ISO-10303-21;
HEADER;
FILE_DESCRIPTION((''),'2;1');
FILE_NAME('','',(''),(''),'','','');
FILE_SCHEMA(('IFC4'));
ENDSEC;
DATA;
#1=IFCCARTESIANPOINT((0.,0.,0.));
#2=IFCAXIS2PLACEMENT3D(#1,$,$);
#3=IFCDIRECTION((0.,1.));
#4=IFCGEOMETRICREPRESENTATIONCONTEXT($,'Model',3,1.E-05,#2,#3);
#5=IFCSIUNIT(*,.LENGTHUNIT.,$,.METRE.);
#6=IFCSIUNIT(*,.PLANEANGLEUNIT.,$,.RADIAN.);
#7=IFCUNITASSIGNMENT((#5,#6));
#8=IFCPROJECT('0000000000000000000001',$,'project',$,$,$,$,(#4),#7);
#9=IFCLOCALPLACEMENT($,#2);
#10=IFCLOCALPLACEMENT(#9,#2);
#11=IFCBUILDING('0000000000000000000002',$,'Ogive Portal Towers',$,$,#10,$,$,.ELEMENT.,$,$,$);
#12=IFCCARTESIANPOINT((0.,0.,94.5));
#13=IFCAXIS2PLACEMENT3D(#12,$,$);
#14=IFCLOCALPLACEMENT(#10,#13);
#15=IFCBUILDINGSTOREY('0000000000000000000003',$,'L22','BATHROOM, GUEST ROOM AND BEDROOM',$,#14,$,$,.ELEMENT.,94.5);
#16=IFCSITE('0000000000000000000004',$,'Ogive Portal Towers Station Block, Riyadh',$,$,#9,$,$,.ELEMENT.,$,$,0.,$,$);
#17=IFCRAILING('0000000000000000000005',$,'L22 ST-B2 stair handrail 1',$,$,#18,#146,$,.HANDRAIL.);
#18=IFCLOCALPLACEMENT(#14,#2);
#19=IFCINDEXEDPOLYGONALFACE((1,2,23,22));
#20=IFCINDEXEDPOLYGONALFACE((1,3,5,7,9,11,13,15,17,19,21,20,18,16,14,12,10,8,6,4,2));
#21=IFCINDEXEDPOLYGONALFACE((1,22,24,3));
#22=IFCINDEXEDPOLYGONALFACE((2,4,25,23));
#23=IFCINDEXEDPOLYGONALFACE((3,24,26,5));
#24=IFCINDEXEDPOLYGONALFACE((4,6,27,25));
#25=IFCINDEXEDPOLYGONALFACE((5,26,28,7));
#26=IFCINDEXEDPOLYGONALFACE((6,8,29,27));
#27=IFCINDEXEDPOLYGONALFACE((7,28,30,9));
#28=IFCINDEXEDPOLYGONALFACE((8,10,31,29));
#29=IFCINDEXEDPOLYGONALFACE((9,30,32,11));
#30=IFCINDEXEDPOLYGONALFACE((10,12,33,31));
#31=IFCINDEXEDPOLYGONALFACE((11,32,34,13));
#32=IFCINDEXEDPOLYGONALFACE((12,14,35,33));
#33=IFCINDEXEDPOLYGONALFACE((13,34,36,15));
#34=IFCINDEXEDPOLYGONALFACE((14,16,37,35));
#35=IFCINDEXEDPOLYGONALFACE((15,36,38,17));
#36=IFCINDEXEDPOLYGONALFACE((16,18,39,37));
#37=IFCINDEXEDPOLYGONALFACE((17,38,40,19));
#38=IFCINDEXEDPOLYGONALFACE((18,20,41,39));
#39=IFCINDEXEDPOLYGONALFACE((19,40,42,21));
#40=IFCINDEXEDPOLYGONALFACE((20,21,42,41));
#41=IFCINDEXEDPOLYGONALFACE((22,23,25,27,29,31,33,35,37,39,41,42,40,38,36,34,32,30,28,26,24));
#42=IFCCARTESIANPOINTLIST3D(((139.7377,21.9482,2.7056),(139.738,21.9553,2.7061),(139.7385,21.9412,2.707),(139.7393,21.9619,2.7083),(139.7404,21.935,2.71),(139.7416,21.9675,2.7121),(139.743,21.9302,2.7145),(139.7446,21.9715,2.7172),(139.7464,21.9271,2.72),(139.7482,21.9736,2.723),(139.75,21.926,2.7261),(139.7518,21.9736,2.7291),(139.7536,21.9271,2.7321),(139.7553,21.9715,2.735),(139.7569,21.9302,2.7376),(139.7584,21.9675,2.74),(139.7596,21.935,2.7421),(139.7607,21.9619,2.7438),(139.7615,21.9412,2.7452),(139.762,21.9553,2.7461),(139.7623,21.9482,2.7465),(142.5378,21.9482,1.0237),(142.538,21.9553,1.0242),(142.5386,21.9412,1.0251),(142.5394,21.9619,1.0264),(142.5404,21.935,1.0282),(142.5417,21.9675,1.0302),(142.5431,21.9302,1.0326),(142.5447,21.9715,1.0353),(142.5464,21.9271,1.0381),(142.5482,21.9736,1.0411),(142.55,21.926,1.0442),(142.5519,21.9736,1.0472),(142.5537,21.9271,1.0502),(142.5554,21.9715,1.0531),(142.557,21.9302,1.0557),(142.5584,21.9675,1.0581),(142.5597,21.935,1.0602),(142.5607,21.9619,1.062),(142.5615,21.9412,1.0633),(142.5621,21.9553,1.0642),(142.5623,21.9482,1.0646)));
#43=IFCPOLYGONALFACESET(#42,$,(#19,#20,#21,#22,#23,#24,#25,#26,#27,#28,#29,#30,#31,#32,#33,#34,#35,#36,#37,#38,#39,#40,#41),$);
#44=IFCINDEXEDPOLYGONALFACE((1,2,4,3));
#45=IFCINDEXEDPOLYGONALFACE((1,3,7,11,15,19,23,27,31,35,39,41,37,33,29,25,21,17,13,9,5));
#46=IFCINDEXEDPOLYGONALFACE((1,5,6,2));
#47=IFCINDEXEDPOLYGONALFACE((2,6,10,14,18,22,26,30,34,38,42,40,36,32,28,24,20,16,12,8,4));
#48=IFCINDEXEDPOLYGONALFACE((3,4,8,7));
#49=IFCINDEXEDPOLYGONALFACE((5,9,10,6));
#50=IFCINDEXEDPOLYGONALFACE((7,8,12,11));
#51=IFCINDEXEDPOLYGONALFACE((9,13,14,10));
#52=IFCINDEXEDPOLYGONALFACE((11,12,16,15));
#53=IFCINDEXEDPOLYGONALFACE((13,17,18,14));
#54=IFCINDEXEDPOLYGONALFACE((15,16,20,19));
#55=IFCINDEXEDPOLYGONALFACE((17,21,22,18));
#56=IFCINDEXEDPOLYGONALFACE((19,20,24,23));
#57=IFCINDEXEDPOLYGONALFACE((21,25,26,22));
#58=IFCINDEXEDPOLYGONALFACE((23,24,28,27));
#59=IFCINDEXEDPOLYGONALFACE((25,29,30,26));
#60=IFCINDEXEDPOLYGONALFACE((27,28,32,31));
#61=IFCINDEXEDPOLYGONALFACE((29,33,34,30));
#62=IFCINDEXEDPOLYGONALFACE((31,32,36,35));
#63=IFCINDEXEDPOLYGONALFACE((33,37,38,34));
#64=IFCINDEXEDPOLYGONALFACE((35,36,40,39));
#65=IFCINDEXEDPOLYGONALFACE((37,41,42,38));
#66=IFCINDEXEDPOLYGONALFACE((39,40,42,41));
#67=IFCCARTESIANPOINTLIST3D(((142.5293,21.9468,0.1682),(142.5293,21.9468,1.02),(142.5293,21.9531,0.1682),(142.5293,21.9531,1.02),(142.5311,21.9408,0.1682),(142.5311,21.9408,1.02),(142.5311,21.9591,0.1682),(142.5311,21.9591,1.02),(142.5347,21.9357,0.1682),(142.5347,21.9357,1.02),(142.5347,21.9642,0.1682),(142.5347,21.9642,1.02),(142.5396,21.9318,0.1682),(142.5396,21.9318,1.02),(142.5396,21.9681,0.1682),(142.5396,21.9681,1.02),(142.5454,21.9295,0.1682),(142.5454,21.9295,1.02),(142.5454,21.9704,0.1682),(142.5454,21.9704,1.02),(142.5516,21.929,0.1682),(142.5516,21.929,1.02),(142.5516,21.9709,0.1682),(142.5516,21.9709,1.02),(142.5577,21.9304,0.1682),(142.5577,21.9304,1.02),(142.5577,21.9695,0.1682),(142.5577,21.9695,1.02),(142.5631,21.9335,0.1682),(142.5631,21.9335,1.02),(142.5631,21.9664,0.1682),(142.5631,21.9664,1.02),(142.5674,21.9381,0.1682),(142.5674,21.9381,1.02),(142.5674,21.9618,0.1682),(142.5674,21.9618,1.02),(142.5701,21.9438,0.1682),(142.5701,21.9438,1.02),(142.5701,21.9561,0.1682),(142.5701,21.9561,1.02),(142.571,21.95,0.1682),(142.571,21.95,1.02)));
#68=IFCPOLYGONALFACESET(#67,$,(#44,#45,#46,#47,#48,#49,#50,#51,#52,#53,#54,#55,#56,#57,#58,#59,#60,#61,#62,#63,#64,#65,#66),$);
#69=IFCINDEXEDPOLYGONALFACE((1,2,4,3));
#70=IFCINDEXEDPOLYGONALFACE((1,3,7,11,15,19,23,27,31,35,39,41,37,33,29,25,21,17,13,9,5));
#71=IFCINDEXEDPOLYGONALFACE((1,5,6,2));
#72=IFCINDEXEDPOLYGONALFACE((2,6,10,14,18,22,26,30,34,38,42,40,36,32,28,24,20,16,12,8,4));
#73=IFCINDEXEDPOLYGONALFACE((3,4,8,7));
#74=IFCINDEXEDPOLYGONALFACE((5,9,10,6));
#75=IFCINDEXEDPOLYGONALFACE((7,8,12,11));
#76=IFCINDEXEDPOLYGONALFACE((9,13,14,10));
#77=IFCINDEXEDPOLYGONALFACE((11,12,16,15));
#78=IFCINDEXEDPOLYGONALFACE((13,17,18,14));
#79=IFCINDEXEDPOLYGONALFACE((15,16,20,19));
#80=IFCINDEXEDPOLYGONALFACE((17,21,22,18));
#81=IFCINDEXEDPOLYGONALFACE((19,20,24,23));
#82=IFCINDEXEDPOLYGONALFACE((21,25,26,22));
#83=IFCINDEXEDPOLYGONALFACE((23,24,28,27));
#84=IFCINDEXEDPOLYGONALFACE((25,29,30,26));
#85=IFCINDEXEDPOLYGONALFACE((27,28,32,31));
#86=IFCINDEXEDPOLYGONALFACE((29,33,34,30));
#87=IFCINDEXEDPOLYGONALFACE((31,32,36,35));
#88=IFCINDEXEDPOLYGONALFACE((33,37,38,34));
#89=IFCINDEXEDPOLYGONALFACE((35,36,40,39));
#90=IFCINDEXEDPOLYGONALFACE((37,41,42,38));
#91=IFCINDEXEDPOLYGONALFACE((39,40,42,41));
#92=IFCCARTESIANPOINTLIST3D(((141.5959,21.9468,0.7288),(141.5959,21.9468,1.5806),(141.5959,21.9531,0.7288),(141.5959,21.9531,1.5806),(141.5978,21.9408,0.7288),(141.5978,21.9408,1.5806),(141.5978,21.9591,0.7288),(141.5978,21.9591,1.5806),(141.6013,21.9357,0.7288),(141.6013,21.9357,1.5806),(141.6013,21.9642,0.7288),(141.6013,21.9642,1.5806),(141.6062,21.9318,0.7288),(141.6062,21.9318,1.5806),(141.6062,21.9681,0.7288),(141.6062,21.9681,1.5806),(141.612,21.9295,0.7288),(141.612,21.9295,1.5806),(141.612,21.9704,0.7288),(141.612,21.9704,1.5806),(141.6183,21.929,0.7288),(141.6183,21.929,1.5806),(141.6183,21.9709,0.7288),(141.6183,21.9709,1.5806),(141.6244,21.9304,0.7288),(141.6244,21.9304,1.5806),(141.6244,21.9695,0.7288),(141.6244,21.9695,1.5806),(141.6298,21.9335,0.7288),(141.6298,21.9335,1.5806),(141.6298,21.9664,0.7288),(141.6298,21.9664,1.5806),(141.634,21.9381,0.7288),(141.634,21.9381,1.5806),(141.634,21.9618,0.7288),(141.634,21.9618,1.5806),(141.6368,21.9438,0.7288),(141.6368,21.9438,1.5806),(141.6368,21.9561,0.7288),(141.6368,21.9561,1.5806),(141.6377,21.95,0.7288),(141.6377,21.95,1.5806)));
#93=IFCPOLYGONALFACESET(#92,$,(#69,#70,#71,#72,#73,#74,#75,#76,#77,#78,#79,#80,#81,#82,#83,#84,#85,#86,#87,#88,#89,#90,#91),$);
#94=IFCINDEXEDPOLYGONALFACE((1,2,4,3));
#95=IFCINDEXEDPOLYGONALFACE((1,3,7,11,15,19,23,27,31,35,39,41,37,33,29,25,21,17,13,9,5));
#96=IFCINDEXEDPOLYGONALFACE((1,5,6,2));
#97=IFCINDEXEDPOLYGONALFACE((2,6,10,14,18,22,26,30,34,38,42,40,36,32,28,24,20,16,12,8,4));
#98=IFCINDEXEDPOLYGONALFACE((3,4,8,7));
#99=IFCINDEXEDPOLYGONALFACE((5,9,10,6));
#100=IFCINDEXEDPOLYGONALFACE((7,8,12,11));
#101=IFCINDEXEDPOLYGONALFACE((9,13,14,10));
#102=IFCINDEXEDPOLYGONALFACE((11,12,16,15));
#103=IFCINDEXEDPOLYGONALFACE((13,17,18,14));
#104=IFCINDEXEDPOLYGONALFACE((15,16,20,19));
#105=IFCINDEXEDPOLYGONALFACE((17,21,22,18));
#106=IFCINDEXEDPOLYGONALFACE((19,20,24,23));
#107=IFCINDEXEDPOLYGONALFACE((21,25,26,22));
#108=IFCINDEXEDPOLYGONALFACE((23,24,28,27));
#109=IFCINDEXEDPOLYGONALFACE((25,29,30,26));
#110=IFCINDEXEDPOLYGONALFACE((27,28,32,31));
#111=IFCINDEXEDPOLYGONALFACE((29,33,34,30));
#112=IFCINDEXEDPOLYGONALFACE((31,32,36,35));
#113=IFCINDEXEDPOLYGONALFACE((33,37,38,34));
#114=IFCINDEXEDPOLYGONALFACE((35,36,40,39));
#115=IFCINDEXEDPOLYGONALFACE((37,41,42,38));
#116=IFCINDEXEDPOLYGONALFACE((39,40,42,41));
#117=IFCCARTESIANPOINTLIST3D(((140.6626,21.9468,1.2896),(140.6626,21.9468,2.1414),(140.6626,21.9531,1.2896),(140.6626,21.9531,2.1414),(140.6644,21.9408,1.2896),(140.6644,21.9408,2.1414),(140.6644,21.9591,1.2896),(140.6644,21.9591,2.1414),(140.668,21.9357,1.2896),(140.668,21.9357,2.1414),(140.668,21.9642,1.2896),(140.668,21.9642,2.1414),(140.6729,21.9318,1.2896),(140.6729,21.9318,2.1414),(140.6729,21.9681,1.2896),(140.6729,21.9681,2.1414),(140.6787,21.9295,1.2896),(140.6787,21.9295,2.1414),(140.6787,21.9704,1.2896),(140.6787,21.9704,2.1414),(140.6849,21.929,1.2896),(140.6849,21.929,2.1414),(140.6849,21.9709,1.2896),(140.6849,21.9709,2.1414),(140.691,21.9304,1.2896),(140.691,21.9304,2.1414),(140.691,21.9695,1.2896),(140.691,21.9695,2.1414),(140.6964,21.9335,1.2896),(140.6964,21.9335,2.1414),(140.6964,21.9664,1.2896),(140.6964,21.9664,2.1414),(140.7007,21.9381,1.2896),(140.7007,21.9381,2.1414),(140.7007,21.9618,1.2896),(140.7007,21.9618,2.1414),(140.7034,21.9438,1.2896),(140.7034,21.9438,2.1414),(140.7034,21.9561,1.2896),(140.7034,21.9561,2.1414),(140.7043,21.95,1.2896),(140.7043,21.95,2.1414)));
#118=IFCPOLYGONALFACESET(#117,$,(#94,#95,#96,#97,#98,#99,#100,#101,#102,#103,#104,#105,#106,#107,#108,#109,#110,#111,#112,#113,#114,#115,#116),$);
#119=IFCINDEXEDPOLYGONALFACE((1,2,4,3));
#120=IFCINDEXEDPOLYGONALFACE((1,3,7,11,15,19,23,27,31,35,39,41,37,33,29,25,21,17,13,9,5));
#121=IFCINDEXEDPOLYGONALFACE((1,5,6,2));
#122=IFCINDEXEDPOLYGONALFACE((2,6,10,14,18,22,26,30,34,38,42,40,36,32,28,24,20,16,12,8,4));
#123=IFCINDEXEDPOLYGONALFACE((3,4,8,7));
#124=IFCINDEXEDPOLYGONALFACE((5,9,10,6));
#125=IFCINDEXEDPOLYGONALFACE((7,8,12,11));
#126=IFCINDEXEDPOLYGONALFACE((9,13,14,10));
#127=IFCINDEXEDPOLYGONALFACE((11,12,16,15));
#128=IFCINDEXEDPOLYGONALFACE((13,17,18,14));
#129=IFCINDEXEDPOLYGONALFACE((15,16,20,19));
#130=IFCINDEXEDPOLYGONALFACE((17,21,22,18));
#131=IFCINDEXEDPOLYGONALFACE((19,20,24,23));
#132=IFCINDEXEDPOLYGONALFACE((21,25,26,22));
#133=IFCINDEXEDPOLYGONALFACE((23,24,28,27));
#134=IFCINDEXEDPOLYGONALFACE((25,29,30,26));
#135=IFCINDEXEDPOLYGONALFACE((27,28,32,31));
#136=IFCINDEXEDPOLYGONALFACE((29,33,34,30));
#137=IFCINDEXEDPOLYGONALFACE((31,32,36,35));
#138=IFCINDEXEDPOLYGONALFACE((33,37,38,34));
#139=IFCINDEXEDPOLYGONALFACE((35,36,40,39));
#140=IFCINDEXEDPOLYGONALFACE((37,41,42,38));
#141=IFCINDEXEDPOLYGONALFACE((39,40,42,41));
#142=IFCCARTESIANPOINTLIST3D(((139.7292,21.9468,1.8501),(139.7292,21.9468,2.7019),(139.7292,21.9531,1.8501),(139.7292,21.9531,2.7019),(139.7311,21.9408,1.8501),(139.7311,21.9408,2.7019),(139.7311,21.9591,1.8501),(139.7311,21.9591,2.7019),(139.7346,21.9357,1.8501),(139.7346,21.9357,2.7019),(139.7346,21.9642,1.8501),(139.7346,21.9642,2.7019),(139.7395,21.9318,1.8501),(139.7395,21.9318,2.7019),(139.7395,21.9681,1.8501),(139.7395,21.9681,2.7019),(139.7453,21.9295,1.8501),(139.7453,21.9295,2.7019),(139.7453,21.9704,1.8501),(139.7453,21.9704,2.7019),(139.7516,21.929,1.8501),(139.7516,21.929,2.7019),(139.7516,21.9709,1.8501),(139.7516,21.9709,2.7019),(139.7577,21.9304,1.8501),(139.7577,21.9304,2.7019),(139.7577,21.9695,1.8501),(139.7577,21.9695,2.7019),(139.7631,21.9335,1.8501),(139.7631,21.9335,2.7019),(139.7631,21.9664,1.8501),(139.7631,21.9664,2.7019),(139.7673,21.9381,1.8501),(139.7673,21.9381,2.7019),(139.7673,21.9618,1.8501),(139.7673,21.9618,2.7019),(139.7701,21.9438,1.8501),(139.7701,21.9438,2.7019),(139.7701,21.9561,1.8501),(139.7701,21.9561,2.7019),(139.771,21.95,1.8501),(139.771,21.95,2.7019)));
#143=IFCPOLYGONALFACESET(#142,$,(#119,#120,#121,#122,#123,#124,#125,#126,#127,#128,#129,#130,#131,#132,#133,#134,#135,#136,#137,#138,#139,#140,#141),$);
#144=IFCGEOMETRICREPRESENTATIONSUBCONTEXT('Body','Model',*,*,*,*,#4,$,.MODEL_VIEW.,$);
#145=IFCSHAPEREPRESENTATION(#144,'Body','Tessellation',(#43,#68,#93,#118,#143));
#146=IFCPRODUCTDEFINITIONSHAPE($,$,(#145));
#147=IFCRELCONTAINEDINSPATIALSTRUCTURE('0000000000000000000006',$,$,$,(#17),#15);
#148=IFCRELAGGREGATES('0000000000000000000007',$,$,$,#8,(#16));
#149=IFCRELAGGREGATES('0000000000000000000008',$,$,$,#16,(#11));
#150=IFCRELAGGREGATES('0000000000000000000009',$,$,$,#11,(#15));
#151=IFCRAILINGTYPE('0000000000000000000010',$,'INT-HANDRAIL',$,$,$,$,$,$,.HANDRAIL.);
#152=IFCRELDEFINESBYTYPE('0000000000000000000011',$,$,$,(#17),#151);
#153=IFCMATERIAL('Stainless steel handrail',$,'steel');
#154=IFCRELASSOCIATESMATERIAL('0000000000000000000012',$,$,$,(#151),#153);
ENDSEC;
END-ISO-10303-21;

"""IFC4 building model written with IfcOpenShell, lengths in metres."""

from ifc_helpers import new_model, si_unit, direction, frame, origin, origin_2d, place, context, subcontext, project, spatial, circle, extrude, material, type_object, element, save


model = new_model("IFC4")

# Units and contexts
model_context = context("Model", 3, precision=1e-05, world=origin(), true_north=direction((0.0, 1.0)))
body_context = subcontext(model_context, "Body", "Model", "MODEL_VIEW")
ifc_project = project(units=[si_unit("LENGTHUNIT", "METRE"), si_unit("PLANEANGLEUNIT", "RADIAN")], contexts=[model_context])

# Site, building, storey
site_placement = place(None, origin())
site = spatial("IfcSite", under=ifc_project, at=site_placement, Name="Ogive Portal Towers Station Block, Riyadh", CompositionType="ELEMENT", RefElevation=0.0)
building_placement = place(site_placement, origin())
building = spatial("IfcBuilding", under=site, at=building_placement, Name="Ogive Portal Towers", CompositionType="ELEMENT")
storey_placement = place(building_placement, frame((0.0, 0.0, 94.5)))
storey = spatial("IfcBuildingStorey", under=building, at=storey_placement, Name="L22", Description="BATHROOM, GUEST ROOM AND BEDROOM", CompositionType="ELEMENT", Elevation=94.5)

# Railing
ifc_material_1 = material(Name="Stainless steel handrail", Category="steel")
railing_type_1 = type_object("IfcRailingType", Name="INT-HANDRAIL", PredefinedType="HANDRAIL", material=ifc_material_1)
railing_1_placement = place(storey_placement, frame((142.55, 21.95, 0.1682)))
element("IfcRailing", 1, at=railing_1_placement, inside=storey, type_object=railing_type_1, Name="L22 ST-B2 stair handrail 1", PredefinedType="HANDRAIL", context=body_context, shape_type="SweptSolid", body=[
    extrude(circle(Radius=0.0239, at=origin_2d()), frame((0.0, 0.0, 0.876), z_axis=(-0.857242, 0.0, 0.514913), x_axis=(0.0, -1.0, 0.0)), (0.0, 0.0, 1.0), 3.2664),
    extrude(circle(Radius=0.021, at=origin_2d()), origin(), (0.0, 0.0, 1.0), 0.8518),
    extrude(circle(Radius=0.021, at=origin_2d()), frame((-0.9333, 0.0, 0.5605)), (0.0, 0.0, 1.0), 0.8518),
    extrude(circle(Radius=0.021, at=origin_2d()), frame((-1.8667, 0.0, 1.1213)), (0.0, 0.0, 1.0), 0.8518),
    extrude(circle(Radius=0.021, at=origin_2d()), frame((-2.8, 0.0, 1.6819)), (0.0, 0.0, 1.0), 0.8518),
])

save(model, "model.ifc")
